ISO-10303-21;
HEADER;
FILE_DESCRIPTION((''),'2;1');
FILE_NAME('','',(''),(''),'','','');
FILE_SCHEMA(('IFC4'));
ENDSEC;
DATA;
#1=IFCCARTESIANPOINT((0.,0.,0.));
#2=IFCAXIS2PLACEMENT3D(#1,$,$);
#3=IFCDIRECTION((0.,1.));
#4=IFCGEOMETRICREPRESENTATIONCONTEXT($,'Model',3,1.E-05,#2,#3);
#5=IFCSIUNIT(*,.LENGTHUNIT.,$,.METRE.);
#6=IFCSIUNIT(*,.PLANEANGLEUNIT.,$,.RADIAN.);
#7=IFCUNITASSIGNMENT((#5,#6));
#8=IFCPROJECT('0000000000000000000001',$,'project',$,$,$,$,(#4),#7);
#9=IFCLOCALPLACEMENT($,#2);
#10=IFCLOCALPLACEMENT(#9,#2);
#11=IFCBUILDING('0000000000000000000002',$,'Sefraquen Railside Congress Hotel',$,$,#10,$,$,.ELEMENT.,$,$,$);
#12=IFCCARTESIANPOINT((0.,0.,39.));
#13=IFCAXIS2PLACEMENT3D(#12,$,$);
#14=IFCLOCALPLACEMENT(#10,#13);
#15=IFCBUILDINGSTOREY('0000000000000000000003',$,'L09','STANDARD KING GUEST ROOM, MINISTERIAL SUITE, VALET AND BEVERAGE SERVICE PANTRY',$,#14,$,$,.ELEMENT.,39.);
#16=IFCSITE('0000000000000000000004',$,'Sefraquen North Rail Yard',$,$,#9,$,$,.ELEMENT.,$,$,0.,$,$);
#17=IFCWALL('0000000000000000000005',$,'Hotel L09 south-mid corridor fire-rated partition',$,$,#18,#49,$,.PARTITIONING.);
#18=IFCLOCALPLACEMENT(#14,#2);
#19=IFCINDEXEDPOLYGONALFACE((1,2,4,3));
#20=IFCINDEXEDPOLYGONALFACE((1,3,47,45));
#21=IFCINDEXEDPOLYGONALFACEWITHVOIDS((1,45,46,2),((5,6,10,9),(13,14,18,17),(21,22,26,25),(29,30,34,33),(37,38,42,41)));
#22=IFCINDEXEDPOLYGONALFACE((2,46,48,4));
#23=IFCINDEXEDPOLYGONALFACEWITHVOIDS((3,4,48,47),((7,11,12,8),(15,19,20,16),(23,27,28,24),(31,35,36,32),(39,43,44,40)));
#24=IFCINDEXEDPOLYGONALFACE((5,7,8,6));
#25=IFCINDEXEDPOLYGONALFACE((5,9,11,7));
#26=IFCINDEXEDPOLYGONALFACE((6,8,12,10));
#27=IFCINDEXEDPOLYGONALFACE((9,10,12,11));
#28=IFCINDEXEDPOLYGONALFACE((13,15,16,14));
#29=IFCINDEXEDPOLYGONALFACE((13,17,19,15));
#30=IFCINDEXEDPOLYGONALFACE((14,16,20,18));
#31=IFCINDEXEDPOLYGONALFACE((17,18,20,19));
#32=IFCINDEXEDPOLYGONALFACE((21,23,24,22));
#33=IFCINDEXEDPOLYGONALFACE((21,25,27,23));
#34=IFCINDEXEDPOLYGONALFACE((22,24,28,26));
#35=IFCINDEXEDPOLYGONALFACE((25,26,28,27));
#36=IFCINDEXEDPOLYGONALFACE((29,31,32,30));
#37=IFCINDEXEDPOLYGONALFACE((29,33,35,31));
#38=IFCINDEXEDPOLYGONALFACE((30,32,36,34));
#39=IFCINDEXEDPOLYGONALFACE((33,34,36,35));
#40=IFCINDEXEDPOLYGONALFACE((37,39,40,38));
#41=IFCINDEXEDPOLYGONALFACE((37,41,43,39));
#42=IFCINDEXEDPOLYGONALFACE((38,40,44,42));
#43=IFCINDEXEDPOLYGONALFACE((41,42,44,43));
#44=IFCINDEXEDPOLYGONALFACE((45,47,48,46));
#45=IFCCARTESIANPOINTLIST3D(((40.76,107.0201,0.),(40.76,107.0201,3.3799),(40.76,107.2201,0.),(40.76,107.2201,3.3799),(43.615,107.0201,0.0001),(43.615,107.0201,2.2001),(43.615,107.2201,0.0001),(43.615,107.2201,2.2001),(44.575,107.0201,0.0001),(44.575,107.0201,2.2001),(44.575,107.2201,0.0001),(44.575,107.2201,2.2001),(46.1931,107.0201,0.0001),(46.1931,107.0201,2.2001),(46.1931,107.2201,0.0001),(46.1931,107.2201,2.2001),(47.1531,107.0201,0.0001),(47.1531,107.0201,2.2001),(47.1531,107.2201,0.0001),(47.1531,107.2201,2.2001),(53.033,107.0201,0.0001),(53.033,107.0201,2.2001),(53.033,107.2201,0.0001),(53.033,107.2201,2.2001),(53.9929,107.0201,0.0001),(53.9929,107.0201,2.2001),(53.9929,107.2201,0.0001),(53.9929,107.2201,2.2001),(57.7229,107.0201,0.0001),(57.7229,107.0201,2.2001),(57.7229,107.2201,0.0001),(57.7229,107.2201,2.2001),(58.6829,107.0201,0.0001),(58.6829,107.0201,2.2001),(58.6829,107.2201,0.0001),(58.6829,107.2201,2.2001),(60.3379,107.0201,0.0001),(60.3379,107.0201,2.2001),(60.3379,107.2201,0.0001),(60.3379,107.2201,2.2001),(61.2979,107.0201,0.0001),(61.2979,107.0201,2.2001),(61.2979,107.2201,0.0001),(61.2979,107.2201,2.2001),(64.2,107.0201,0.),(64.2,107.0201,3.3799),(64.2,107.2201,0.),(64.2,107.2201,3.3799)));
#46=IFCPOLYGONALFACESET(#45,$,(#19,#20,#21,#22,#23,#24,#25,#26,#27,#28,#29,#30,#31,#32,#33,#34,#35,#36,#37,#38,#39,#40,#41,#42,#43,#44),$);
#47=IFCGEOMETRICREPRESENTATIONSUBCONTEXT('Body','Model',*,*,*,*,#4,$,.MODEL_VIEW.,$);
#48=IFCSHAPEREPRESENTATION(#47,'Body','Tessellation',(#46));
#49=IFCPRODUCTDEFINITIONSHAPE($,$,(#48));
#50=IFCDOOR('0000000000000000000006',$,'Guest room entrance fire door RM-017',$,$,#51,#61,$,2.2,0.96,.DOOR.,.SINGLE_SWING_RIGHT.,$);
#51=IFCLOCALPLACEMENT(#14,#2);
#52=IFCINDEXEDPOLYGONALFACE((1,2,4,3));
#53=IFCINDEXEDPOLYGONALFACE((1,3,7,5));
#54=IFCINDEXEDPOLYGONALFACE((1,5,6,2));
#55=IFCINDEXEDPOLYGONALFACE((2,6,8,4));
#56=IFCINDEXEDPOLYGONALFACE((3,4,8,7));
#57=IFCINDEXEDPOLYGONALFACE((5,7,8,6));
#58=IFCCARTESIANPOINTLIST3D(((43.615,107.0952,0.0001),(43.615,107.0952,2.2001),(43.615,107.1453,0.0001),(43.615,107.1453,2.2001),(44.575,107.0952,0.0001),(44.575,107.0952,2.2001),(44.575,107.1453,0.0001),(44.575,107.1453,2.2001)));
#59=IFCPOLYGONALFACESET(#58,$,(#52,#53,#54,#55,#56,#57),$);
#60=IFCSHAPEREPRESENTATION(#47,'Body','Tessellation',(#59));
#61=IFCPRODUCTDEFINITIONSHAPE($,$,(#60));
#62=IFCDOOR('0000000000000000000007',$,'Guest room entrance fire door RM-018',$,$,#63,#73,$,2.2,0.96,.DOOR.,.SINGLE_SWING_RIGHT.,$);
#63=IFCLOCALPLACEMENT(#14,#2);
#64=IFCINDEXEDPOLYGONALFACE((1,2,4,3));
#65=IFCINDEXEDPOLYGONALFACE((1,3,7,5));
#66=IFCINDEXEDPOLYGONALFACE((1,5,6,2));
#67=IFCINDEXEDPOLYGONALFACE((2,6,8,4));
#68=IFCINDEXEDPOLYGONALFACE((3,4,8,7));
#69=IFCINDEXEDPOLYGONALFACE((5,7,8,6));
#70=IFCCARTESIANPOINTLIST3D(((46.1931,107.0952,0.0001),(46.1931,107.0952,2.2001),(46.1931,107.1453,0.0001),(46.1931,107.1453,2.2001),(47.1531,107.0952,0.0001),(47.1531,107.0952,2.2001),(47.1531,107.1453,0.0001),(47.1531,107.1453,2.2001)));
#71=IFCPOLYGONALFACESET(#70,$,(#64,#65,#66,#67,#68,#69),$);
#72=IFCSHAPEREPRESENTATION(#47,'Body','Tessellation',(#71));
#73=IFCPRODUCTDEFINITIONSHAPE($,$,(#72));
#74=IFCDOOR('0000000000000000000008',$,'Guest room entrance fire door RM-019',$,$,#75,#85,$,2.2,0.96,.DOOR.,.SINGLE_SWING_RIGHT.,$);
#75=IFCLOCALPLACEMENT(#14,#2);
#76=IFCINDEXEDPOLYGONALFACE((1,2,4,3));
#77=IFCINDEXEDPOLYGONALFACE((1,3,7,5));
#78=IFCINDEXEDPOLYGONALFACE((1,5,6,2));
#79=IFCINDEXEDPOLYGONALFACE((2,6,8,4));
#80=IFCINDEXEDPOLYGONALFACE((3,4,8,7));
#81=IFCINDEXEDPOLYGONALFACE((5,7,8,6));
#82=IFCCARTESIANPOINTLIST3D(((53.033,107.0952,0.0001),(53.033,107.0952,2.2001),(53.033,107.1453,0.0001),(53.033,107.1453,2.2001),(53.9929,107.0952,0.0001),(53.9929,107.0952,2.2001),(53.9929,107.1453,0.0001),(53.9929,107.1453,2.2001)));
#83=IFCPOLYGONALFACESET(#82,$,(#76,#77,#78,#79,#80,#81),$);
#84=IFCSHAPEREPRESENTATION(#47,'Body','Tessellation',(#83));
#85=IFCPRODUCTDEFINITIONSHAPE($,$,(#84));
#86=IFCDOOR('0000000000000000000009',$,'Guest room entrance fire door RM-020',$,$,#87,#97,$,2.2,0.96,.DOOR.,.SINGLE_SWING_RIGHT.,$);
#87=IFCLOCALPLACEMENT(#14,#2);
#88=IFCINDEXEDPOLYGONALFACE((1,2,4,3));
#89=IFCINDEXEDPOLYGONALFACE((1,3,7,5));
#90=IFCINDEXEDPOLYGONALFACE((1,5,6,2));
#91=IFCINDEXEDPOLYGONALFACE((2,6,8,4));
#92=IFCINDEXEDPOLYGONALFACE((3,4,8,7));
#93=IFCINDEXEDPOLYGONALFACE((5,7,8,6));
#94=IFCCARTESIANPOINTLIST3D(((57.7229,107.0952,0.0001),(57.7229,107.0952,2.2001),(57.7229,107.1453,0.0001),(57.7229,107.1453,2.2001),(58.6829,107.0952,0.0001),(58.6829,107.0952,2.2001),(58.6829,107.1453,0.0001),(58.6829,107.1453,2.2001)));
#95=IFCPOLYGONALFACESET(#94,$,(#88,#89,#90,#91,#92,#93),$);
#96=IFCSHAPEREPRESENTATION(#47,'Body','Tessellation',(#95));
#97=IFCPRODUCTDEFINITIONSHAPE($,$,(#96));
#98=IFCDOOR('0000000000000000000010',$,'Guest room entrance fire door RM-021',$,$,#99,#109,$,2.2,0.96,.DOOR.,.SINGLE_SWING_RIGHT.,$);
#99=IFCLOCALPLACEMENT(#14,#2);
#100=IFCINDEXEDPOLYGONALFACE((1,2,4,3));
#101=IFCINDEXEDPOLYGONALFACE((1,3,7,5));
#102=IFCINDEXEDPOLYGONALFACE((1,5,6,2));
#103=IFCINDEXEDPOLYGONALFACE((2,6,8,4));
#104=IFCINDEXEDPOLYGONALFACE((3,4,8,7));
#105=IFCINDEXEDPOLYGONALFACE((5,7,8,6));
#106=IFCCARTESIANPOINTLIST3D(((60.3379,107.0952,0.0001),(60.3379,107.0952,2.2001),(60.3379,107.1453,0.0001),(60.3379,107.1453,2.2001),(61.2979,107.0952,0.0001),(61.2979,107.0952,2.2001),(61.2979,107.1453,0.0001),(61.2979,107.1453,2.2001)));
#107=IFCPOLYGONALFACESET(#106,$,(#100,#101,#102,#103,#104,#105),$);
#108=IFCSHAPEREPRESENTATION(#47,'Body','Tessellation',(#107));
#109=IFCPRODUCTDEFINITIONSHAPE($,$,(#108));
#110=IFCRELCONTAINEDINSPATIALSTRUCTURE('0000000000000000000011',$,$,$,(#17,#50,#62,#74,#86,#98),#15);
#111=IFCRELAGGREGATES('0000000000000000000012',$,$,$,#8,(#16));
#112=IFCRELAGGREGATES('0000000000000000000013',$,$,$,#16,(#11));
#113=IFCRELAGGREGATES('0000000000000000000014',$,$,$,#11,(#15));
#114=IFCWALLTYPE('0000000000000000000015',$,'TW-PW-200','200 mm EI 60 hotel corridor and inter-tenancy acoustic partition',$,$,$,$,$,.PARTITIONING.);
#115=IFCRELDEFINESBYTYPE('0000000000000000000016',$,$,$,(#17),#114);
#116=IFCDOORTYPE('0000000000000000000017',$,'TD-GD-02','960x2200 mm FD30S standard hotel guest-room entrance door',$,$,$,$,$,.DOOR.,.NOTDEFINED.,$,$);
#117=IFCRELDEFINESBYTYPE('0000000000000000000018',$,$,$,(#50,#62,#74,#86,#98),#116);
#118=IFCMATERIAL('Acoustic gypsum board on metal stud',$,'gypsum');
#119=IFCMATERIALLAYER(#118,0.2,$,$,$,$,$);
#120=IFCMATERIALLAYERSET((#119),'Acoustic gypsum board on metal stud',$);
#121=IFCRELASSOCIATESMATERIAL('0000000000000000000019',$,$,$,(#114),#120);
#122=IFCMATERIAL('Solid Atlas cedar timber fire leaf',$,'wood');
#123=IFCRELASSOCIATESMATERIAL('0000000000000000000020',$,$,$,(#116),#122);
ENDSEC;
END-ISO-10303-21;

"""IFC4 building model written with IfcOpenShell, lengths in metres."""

from ifc_helpers import new_model, si_unit, direction, frame, frame_2d, origin, place, context, subcontext, project, spatial, rectangle, extrude, material, layer, layer_set, type_object, element, fill, save


model = new_model("IFC4")

# Units and contexts
model_context = context("Model", 3, precision=1e-05, world=origin(), true_north=direction((0.0, 1.0)))
body_context = subcontext(model_context, "Body", "Model", "MODEL_VIEW")
ifc_project = project(units=[si_unit("LENGTHUNIT", "METRE"), si_unit("PLANEANGLEUNIT", "RADIAN")], contexts=[model_context])

# Site, building, storey
site_placement = place(None, origin())
site = spatial("IfcSite", under=ifc_project, at=site_placement, Name="Sefraquen North Rail Yard", CompositionType="ELEMENT", RefElevation=0.0)
building_placement = place(site_placement, origin())
building = spatial("IfcBuilding", under=site, at=building_placement, Name="Sefraquen Railside Congress Hotel", CompositionType="ELEMENT")
storey_placement = place(building_placement, frame((0.0, 0.0, 39.0)))
storey = spatial("IfcBuildingStorey", under=building, at=storey_placement, Name="L09", Description="STANDARD KING GUEST ROOM, MINISTERIAL SUITE, VALET AND BEVERAGE SERVICE PANTRY", CompositionType="ELEMENT", Elevation=39.0)

# Shared definitions
ifc_material_1 = material(Name="Acoustic gypsum board on metal stud", Category="gypsum")

# Wall, openings, doors
ifc_layer_1 = layer(ifc_material_1, 0.2)
ifc_layer_set_1 = layer_set([ifc_layer_1], Name="Acoustic gypsum board on metal stud")
wall_type_1 = type_object("IfcWallType", Name="TW-PW-200", Description="200 mm EI 60 hotel corridor and inter-tenancy acoustic partition", PredefinedType="PARTITIONING", material=ifc_layer_set_1)
wall_1_placement = place(storey_placement, frame((40.76, 107.1201, 0.0), z_axis=(0.0, 0.0, 1.0), x_axis=(1.0, 0.0, 0.0)))
wall_1 = element("IfcWall", 1, at=wall_1_placement, inside=storey, type_object=wall_type_1, Name="Hotel L09 south-mid corridor fire-rated partition", PredefinedType="PARTITIONING", context=body_context, shape_type="SweptSolid", body=[
    extrude(rectangle(XDim=23.4399, YDim=0.2, at=frame_2d((11.72, 0.0))), origin(), (0.0, 0.0, 1.0), 3.3799),
])
opening_1_placement = place(wall_1_placement, frame((2.855, 0.0, 0.0)))
opening_1 = element("IfcOpeningElement", 2, at=opening_1_placement, cuts=wall_1, PredefinedType="OPENING", context=body_context, shape_type="SweptSolid", body=[
    extrude(rectangle(XDim=0.96, YDim=2.2, at=frame_2d((0.48, 1.1001))), frame((0.0, 0.1099, 0.0), z_axis=(0.0, -1.0, 0.0), x_axis=(1.0, 0.0, 0.0)), (0.0, 0.0, 1.0), 0.22),
])
opening_2_placement = place(wall_1_placement, frame((5.4331, 0.0, 0.0)))
opening_2 = element("IfcOpeningElement", 3, at=opening_2_placement, cuts=wall_1, PredefinedType="OPENING", context=body_context, shape_type="SweptSolid", body=[
    extrude(rectangle(XDim=0.96, YDim=2.2, at=frame_2d((0.48, 1.1001))), frame((0.0, 0.1099, 0.0), z_axis=(0.0, -1.0, 0.0), x_axis=(1.0, 0.0, 0.0)), (0.0, 0.0, 1.0), 0.22),
])
opening_3_placement = place(wall_1_placement, frame((12.2729, 0.0, 0.0)))
opening_3 = element("IfcOpeningElement", 4, at=opening_3_placement, cuts=wall_1, PredefinedType="OPENING", context=body_context, shape_type="SweptSolid", body=[
    extrude(rectangle(XDim=0.96, YDim=2.2, at=frame_2d((0.48, 1.1001))), frame((0.0, 0.1099, 0.0), z_axis=(0.0, -1.0, 0.0), x_axis=(1.0, 0.0, 0.0)), (0.0, 0.0, 1.0), 0.22),
])
opening_4_placement = place(wall_1_placement, frame((16.9629, 0.0, 0.0)))
opening_4 = element("IfcOpeningElement", 5, at=opening_4_placement, cuts=wall_1, PredefinedType="OPENING", context=body_context, shape_type="SweptSolid", body=[
    extrude(rectangle(XDim=0.96, YDim=2.2, at=frame_2d((0.48, 1.1001))), frame((0.0, 0.1099, 0.0), z_axis=(0.0, -1.0, 0.0), x_axis=(1.0, 0.0, 0.0)), (0.0, 0.0, 1.0), 0.22),
])
opening_5_placement = place(wall_1_placement, frame((19.5779, 0.0, 0.0)))
opening_5 = element("IfcOpeningElement", 6, at=opening_5_placement, cuts=wall_1, PredefinedType="OPENING", context=body_context, shape_type="SweptSolid", body=[
    extrude(rectangle(XDim=0.96, YDim=2.2, at=frame_2d((0.48, 1.1001))), frame((0.0, 0.1099, 0.0), z_axis=(0.0, -1.0, 0.0), x_axis=(1.0, 0.0, 0.0)), (0.0, 0.0, 1.0), 0.22),
])
ifc_material_2 = material(Name="Solid Atlas cedar timber fire leaf", Category="wood")
door_type_1 = type_object("IfcDoorType", Name="TD-GD-02", Description="960x2200 mm FD30S standard hotel guest-room entrance door", OperationType="NOTDEFINED", PredefinedType="DOOR", material=ifc_material_2)
door_1_placement = place(opening_1_placement, frame((0.96, 0.0, 0.0), z_axis=(0.0, 0.0, 1.0), x_axis=(-1.0, 0.0, 0.0)))
door_1 = element("IfcDoor", 7, at=door_1_placement, inside=storey, type_object=door_type_1, Name="Guest room entrance fire door RM-017", OperationType="SINGLE_SWING_RIGHT", OverallHeight=2.2, OverallWidth=0.96, PredefinedType="DOOR", context=body_context, shape_type="SweptSolid", body=[
    extrude(rectangle(XDim=0.96, YDim=2.2, at=frame_2d((0.48, 1.1001))), frame((0.0, 0.0249, 0.0), z_axis=(0.0, -1.0, 0.0), x_axis=(1.0, 0.0, 0.0)), (0.0, 0.0, 1.0), 0.05),
])
fill(opening_1, door_1)
door_2_placement = place(opening_2_placement, frame((0.96, 0.0, 0.0), z_axis=(0.0, 0.0, 1.0), x_axis=(-1.0, 0.0, 0.0)))
door_2 = element("IfcDoor", 8, at=door_2_placement, inside=storey, type_object=door_type_1, Name="Guest room entrance fire door RM-018", OperationType="SINGLE_SWING_RIGHT", OverallHeight=2.2, OverallWidth=0.96, PredefinedType="DOOR", context=body_context, shape_type="SweptSolid", body=[
    extrude(rectangle(XDim=0.96, YDim=2.2, at=frame_2d((0.48, 1.1001))), frame((0.0, 0.0249, 0.0), z_axis=(0.0, -1.0, 0.0), x_axis=(1.0, 0.0, 0.0)), (0.0, 0.0, 1.0), 0.05),
])
fill(opening_2, door_2)
door_3_placement = place(opening_3_placement, frame((0.96, 0.0, 0.0), z_axis=(0.0, 0.0, 1.0), x_axis=(-1.0, 0.0, 0.0)))
door_3 = element("IfcDoor", 9, at=door_3_placement, inside=storey, type_object=door_type_1, Name="Guest room entrance fire door RM-019", OperationType="SINGLE_SWING_RIGHT", OverallHeight=2.2, OverallWidth=0.96, PredefinedType="DOOR", context=body_context, shape_type="SweptSolid", body=[
    extrude(rectangle(XDim=0.96, YDim=2.2, at=frame_2d((0.48, 1.1001))), frame((0.0, 0.0249, 0.0), z_axis=(0.0, -1.0, 0.0), x_axis=(1.0, 0.0, 0.0)), (0.0, 0.0, 1.0), 0.05),
])
fill(opening_3, door_3)
door_4_placement = place(opening_4_placement, frame((0.96, 0.0, 0.0), z_axis=(0.0, 0.0, 1.0), x_axis=(-1.0, 0.0, 0.0)))
door_4 = element("IfcDoor", 10, at=door_4_placement, inside=storey, type_object=door_type_1, Name="Guest room entrance fire door RM-020", OperationType="SINGLE_SWING_RIGHT", OverallHeight=2.2, OverallWidth=0.96, PredefinedType="DOOR", context=body_context, shape_type="SweptSolid", body=[
    extrude(rectangle(XDim=0.96, YDim=2.2, at=frame_2d((0.48, 1.1001))), frame((0.0, 0.0249, 0.0), z_axis=(0.0, -1.0, 0.0), x_axis=(1.0, 0.0, 0.0)), (0.0, 0.0, 1.0), 0.05),
])
fill(opening_4, door_4)
door_5_placement = place(opening_5_placement, frame((0.96, 0.0, 0.0), z_axis=(0.0, 0.0, 1.0), x_axis=(-1.0, 0.0, 0.0)))
door_5 = element("IfcDoor", 11, at=door_5_placement, inside=storey, type_object=door_type_1, Name="Guest room entrance fire door RM-021", OperationType="SINGLE_SWING_RIGHT", OverallHeight=2.2, OverallWidth=0.96, PredefinedType="DOOR", context=body_context, shape_type="SweptSolid", body=[
    extrude(rectangle(XDim=0.96, YDim=2.2, at=frame_2d((0.48, 1.1001))), frame((0.0, 0.0249, 0.0), z_axis=(0.0, -1.0, 0.0), x_axis=(1.0, 0.0, 0.0)), (0.0, 0.0, 1.0), 0.05),
])
fill(opening_5, door_5)

save(model, "model.ifc")
